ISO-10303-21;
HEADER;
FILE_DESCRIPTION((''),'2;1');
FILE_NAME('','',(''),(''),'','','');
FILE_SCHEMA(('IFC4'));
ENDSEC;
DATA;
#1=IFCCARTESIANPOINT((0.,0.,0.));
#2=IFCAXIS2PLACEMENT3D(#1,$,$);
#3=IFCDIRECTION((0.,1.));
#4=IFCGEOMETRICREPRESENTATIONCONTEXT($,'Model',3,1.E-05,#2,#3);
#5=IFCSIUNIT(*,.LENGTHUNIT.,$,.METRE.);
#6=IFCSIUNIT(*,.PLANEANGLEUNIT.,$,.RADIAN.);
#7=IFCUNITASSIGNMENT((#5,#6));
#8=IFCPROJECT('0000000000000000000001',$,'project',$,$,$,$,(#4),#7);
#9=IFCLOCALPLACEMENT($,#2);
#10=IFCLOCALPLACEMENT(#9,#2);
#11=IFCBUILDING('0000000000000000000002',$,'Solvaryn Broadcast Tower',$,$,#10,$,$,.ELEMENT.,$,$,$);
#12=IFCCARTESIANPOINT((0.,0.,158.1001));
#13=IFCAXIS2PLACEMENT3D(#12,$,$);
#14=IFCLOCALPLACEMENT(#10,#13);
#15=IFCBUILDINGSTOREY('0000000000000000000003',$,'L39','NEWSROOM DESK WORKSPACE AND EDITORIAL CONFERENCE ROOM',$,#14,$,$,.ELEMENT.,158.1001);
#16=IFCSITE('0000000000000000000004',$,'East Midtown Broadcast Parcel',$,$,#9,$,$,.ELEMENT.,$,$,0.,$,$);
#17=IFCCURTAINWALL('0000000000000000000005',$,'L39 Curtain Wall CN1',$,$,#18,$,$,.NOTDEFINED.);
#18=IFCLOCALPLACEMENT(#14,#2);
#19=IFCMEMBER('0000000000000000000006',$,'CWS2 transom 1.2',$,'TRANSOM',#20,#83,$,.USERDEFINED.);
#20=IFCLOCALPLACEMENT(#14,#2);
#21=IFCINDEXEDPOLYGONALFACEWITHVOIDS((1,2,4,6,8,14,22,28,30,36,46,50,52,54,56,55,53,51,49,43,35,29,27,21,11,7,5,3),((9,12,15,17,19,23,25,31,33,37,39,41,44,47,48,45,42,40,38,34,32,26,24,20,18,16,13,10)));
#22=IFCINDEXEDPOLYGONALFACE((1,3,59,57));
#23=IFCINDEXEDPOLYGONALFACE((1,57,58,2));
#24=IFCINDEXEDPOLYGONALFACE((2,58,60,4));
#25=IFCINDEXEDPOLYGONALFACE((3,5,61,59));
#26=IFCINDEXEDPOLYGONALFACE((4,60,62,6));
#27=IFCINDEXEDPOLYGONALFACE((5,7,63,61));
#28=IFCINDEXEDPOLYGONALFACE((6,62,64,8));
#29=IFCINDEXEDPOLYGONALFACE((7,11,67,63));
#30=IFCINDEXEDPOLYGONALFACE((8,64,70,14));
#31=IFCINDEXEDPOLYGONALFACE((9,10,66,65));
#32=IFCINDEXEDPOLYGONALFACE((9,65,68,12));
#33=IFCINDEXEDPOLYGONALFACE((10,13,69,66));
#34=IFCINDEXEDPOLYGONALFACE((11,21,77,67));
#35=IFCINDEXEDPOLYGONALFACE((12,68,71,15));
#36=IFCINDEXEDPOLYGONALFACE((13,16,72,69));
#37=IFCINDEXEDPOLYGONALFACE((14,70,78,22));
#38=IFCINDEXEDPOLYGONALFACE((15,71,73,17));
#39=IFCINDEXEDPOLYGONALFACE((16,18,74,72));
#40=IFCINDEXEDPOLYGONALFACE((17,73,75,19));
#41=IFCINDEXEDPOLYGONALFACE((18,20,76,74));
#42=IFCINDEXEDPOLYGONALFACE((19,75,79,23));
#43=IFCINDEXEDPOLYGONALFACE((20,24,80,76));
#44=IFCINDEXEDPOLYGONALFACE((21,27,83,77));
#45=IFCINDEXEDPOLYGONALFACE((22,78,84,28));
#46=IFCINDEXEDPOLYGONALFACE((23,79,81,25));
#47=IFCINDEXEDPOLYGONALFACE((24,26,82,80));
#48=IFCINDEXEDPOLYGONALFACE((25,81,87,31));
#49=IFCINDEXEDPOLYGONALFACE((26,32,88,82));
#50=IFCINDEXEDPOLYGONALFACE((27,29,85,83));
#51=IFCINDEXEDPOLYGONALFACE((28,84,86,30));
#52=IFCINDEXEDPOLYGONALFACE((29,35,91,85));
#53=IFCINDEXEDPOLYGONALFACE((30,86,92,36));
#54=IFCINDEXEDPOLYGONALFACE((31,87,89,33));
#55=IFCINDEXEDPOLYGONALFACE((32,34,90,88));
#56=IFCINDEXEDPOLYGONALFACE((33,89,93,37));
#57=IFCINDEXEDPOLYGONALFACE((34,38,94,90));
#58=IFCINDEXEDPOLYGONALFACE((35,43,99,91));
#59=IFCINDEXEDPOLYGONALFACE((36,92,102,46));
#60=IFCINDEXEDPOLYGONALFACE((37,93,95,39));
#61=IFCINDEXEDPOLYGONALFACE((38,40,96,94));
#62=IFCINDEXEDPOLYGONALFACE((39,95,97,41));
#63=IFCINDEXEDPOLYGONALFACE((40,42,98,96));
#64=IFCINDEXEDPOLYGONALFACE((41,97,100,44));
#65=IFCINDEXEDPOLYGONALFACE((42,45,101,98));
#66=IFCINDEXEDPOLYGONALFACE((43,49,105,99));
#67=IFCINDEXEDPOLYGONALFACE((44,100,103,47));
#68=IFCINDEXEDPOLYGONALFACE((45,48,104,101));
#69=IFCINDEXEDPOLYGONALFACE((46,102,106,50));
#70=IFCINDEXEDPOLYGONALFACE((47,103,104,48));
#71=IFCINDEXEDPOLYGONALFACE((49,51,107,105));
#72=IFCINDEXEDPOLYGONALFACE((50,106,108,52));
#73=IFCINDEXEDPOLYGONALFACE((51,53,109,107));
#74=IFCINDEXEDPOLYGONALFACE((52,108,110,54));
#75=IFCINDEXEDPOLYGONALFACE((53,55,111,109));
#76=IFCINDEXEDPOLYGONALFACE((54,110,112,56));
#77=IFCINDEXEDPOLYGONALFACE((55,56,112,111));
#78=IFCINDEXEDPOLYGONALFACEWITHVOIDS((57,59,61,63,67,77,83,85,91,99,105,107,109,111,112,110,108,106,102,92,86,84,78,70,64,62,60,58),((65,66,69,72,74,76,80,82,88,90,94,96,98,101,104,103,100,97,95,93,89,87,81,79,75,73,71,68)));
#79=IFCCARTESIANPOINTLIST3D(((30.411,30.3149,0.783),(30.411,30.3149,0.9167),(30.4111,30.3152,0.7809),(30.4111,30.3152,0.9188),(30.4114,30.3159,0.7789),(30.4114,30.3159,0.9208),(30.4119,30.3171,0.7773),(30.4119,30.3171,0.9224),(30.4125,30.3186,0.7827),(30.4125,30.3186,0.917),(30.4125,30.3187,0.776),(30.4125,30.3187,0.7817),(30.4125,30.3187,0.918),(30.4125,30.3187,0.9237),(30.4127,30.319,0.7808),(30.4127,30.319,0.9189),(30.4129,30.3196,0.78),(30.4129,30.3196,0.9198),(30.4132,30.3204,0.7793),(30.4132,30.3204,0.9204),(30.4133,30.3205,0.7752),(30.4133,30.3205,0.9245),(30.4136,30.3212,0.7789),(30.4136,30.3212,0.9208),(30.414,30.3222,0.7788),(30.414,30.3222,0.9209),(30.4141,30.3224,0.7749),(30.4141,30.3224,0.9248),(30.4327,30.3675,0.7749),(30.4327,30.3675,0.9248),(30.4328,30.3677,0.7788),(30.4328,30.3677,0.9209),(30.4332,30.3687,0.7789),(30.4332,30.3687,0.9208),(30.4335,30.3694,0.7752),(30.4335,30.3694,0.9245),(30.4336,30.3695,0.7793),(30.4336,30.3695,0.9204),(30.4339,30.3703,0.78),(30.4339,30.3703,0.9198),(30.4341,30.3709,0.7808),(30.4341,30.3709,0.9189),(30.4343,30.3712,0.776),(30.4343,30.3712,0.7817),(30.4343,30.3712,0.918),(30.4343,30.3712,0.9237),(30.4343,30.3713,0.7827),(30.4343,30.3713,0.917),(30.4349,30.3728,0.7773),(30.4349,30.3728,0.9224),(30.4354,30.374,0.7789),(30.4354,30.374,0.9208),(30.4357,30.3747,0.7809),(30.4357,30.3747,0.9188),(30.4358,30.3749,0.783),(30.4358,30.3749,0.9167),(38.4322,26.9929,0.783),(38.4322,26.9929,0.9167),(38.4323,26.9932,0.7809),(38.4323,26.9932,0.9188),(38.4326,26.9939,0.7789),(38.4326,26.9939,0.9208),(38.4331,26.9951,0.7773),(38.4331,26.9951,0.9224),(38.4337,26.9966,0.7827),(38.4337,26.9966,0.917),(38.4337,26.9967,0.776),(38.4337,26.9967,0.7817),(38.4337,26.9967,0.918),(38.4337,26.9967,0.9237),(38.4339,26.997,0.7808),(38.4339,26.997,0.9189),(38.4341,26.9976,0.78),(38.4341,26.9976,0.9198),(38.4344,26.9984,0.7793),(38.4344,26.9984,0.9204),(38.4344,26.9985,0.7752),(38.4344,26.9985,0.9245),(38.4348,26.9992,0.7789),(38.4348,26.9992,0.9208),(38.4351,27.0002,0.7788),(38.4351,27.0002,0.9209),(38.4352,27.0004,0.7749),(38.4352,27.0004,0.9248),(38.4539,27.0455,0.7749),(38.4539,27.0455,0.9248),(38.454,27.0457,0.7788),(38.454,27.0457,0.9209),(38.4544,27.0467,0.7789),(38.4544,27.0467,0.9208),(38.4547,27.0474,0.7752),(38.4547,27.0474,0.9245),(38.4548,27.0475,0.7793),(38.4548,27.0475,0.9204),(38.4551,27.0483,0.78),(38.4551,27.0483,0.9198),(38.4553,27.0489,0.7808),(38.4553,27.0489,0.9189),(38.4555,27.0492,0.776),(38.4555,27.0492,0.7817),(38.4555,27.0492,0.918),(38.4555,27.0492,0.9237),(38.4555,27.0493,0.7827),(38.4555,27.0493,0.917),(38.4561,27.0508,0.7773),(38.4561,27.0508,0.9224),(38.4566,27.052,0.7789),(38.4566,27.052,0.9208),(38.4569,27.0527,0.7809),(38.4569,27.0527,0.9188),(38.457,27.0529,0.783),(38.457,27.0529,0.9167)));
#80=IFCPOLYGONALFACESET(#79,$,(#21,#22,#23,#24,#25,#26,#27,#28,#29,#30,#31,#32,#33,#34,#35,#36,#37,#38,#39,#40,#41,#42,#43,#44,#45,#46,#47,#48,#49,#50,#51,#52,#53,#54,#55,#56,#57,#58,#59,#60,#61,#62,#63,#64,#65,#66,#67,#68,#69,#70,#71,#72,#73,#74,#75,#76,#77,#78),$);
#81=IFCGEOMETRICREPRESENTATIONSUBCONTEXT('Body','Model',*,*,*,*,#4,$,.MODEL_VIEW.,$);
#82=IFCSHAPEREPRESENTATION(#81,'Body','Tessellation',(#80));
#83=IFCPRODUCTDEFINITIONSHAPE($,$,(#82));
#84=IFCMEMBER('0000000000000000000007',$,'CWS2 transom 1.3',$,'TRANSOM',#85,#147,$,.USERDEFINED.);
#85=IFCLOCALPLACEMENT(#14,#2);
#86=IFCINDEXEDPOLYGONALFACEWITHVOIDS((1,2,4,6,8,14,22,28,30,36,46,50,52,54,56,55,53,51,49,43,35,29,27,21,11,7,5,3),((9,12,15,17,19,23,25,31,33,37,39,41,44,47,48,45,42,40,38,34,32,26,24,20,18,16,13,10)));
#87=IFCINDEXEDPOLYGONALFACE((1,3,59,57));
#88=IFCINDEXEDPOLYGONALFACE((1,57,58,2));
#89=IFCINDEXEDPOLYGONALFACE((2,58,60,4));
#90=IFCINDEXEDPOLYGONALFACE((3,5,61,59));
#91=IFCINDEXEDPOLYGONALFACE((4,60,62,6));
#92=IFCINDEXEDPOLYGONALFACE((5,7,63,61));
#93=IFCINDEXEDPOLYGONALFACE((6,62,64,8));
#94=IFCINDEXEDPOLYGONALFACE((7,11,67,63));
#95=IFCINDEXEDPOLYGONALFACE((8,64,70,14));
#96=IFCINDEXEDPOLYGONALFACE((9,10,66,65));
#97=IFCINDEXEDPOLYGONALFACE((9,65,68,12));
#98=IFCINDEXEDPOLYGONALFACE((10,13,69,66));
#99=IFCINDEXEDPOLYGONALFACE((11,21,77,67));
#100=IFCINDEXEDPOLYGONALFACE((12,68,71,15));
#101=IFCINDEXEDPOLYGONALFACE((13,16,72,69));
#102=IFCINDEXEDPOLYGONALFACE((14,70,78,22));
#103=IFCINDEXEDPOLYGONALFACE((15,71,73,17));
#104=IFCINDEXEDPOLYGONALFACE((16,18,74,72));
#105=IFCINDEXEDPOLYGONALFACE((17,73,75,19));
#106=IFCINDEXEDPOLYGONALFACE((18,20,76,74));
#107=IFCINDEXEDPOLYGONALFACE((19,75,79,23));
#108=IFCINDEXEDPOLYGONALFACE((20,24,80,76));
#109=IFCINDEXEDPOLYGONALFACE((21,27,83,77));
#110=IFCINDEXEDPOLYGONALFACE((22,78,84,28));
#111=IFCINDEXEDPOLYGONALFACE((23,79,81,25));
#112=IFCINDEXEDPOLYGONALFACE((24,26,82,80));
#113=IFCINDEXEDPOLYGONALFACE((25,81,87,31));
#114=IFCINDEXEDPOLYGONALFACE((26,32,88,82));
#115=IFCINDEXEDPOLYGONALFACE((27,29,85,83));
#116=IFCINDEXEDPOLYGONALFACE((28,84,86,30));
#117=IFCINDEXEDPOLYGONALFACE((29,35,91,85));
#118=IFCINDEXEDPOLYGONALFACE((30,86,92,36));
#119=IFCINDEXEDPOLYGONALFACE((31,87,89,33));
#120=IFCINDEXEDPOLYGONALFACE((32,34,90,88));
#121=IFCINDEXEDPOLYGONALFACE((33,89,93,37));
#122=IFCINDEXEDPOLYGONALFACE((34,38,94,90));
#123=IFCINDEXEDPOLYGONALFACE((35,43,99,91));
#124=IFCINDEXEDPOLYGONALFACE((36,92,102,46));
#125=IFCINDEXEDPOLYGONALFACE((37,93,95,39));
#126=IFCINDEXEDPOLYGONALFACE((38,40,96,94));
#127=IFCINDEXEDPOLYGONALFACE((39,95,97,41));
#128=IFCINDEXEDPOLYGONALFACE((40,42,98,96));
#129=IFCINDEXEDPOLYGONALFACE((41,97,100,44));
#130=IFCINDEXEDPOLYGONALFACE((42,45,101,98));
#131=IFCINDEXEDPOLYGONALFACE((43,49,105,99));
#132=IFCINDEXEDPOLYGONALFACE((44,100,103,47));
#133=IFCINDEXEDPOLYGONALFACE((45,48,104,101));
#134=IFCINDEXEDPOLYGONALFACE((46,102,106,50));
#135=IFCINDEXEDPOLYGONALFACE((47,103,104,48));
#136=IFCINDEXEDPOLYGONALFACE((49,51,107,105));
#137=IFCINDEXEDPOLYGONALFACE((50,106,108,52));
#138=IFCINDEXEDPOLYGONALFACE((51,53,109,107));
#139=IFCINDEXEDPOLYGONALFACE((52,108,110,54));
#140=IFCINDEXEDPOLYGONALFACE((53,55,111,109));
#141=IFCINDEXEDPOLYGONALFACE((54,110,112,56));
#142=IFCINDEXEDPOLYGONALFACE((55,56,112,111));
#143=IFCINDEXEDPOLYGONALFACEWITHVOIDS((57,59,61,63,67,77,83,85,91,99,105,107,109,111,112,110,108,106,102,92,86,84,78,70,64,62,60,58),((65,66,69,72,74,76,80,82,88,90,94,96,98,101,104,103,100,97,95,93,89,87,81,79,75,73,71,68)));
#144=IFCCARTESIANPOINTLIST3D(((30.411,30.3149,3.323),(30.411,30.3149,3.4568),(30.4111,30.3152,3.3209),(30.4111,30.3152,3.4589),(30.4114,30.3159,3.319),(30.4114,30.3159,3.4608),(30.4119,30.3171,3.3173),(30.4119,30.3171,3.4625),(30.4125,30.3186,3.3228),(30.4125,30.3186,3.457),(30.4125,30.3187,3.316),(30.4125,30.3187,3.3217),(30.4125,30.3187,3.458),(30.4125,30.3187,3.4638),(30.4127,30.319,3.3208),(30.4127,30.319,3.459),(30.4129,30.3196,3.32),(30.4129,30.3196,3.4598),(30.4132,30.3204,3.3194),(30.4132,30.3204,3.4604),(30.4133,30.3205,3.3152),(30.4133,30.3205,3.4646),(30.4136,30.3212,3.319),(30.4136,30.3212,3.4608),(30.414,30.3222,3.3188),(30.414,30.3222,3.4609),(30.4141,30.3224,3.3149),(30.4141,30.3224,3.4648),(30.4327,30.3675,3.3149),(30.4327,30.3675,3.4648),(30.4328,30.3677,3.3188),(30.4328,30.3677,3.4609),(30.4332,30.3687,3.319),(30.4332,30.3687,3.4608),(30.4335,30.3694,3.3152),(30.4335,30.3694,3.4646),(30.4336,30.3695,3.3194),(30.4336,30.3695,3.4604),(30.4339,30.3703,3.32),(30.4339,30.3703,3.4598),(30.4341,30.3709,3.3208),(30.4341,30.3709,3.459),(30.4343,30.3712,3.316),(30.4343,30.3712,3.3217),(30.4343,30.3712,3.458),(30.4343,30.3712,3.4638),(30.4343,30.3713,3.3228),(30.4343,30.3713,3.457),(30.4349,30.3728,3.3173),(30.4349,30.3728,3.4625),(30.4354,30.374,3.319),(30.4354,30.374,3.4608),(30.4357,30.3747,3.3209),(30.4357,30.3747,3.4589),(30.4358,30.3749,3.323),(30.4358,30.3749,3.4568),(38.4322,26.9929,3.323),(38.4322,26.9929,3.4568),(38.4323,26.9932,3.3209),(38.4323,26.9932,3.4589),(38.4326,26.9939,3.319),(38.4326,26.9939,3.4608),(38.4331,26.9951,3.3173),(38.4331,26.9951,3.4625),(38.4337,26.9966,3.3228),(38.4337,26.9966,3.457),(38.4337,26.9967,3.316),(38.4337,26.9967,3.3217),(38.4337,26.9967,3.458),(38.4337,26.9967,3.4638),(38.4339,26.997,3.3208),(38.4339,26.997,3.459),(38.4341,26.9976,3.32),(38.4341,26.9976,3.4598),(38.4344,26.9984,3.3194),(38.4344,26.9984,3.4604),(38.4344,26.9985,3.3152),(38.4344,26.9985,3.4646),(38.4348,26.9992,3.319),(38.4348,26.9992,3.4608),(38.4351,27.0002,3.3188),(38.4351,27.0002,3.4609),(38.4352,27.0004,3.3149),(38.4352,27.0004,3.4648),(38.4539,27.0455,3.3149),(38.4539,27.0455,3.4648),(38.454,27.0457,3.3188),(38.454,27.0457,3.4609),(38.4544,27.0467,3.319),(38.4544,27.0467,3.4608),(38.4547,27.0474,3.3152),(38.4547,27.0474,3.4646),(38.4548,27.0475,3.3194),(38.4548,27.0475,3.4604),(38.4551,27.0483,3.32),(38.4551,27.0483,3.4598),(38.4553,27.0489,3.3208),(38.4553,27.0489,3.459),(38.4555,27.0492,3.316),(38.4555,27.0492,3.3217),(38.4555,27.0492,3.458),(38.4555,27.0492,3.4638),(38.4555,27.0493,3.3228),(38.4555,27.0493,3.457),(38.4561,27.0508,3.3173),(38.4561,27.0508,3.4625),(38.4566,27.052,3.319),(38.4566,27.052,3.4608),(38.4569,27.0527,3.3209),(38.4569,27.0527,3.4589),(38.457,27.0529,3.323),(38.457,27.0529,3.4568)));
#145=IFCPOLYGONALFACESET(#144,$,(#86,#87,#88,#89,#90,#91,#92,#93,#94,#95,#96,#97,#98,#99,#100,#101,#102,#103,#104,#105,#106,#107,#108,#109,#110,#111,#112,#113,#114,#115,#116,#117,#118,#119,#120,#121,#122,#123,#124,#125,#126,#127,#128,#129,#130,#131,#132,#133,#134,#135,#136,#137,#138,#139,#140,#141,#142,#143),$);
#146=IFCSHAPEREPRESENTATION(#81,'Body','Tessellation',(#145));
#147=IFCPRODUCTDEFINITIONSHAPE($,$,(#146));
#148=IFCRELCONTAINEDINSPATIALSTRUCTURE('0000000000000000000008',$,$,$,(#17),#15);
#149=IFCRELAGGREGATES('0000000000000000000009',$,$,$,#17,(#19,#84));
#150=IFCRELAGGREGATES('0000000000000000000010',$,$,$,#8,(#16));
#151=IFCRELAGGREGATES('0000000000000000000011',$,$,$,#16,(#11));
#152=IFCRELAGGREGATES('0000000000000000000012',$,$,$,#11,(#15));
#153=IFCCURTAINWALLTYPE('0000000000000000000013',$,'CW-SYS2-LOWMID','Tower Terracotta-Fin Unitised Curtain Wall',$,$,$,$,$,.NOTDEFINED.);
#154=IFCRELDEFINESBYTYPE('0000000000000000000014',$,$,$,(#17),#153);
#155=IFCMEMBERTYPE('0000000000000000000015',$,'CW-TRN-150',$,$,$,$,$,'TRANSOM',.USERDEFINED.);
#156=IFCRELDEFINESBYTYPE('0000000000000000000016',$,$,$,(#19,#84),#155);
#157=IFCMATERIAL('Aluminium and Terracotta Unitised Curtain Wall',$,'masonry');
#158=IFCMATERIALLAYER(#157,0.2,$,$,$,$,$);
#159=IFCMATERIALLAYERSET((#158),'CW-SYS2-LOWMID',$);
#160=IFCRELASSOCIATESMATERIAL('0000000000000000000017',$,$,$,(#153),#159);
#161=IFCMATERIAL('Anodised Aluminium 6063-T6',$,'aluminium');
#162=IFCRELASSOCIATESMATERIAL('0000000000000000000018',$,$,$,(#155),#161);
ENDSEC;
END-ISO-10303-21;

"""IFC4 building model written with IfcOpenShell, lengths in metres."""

from ifc_helpers import new_model, si_unit, direction, frame, origin, origin_2d, place, context, subcontext, project, spatial, hollow_rectangle, extrude, material, layer, layer_set, material_profile, profile_set, type_object, element, aggregate, save


model = new_model("IFC4")

# Units and contexts
model_context = context("Model", 3, precision=1e-05, world=origin(), true_north=direction((0.0, 1.0)))
body_context = subcontext(model_context, "Body", "Model", "MODEL_VIEW")
ifc_project = project(units=[si_unit("LENGTHUNIT", "METRE"), si_unit("PLANEANGLEUNIT", "RADIAN")], contexts=[model_context])

# Site, building, storey
site_placement = place(None, origin())
site = spatial("IfcSite", under=ifc_project, at=site_placement, Name="East Midtown Broadcast Parcel", CompositionType="ELEMENT", RefElevation=0.0)
building_placement = place(site_placement, origin())
building = spatial("IfcBuilding", under=site, at=building_placement, Name="Solvaryn Broadcast Tower", CompositionType="ELEMENT")
storey_placement = place(building_placement, frame((0.0, 0.0, 158.1001)))
storey = spatial("IfcBuildingStorey", under=building, at=storey_placement, Name="L39", Description="NEWSROOM DESK WORKSPACE AND EDITORIAL CONFERENCE ROOM", CompositionType="ELEMENT", Elevation=158.1001)

# Curtain wall
ifc_material_1 = material(Name="Aluminium and Terracotta Unitised Curtain Wall", Category="masonry")
ifc_layer_1 = layer(ifc_material_1, 0.2)
ifc_layer_set_1 = layer_set([ifc_layer_1], Name="CW-SYS2-LOWMID")
curtain_wall_type = type_object("IfcCurtainWallType", Name="CW-SYS2-LOWMID", Description="Tower Terracotta-Fin Unitised Curtain Wall", PredefinedType="NOTDEFINED", material=ifc_layer_set_1)
curtain_wall_1_placement = place(storey_placement, origin())
curtain_wall_1 = element("IfcCurtainWall", 1, at=curtain_wall_1_placement, inside=storey, type_object=curtain_wall_type, Name="L39 Curtain Wall CN1", PredefinedType="NOTDEFINED")

# Members
ifc_material_2 = material(Name="Anodised Aluminium 6063-T6", Category="aluminium")
ifc_material_profile_1 = material_profile(ifc_material_2, hollow_rectangle(XDim=0.0649, YDim=0.1499, WallThickness=0.0039, InnerFilletRadius=0.0039, OuterFilletRadius=0.0081, at=origin_2d()))
ifc_profile_set_1 = profile_set([ifc_material_profile_1], Name="Anodised Aluminium 6063-T6")
member_type_1 = type_object("IfcMemberType", Name="CW-TRN-150", ElementType="TRANSOM", PredefinedType="USERDEFINED", material=ifc_profile_set_1)
member_1_placement = place(storey_placement, frame((38.4446, 27.0229, 0.8499), z_axis=(-0.923899, 0.382636, 0.0), x_axis=(-0.382636, -0.923899, 0.0)))
member_1 = element("IfcMember", 2, at=member_1_placement, type_object=member_type_1, Name="CWS2 transom 1.2", ObjectType="TRANSOM", PredefinedType="USERDEFINED", context=body_context, shape_type="SweptSolid", body=[
    extrude(hollow_rectangle(XDim=0.0649, YDim=0.1499, WallThickness=0.0039, InnerFilletRadius=0.0039, OuterFilletRadius=0.0081, at=origin_2d()), origin(), (0.0, 0.0, 1.0), 8.6819),
])
member_2_placement = place(storey_placement, frame((38.4446, 27.0229, 3.3899), z_axis=(-0.923899, 0.382636, 0.0), x_axis=(-0.382636, -0.923899, 0.0)))
member_2 = element("IfcMember", 3, at=member_2_placement, type_object=member_type_1, Name="CWS2 transom 1.3", ObjectType="TRANSOM", PredefinedType="USERDEFINED", context=body_context, shape_type="SweptSolid", body=[
    extrude(hollow_rectangle(XDim=0.0649, YDim=0.1499, WallThickness=0.0039, InnerFilletRadius=0.0039, OuterFilletRadius=0.0081, at=origin_2d()), origin(), (0.0, 0.0, 1.0), 8.6819),
])
aggregate(curtain_wall_1, [member_1, member_2])

save(model, "model.ifc")
